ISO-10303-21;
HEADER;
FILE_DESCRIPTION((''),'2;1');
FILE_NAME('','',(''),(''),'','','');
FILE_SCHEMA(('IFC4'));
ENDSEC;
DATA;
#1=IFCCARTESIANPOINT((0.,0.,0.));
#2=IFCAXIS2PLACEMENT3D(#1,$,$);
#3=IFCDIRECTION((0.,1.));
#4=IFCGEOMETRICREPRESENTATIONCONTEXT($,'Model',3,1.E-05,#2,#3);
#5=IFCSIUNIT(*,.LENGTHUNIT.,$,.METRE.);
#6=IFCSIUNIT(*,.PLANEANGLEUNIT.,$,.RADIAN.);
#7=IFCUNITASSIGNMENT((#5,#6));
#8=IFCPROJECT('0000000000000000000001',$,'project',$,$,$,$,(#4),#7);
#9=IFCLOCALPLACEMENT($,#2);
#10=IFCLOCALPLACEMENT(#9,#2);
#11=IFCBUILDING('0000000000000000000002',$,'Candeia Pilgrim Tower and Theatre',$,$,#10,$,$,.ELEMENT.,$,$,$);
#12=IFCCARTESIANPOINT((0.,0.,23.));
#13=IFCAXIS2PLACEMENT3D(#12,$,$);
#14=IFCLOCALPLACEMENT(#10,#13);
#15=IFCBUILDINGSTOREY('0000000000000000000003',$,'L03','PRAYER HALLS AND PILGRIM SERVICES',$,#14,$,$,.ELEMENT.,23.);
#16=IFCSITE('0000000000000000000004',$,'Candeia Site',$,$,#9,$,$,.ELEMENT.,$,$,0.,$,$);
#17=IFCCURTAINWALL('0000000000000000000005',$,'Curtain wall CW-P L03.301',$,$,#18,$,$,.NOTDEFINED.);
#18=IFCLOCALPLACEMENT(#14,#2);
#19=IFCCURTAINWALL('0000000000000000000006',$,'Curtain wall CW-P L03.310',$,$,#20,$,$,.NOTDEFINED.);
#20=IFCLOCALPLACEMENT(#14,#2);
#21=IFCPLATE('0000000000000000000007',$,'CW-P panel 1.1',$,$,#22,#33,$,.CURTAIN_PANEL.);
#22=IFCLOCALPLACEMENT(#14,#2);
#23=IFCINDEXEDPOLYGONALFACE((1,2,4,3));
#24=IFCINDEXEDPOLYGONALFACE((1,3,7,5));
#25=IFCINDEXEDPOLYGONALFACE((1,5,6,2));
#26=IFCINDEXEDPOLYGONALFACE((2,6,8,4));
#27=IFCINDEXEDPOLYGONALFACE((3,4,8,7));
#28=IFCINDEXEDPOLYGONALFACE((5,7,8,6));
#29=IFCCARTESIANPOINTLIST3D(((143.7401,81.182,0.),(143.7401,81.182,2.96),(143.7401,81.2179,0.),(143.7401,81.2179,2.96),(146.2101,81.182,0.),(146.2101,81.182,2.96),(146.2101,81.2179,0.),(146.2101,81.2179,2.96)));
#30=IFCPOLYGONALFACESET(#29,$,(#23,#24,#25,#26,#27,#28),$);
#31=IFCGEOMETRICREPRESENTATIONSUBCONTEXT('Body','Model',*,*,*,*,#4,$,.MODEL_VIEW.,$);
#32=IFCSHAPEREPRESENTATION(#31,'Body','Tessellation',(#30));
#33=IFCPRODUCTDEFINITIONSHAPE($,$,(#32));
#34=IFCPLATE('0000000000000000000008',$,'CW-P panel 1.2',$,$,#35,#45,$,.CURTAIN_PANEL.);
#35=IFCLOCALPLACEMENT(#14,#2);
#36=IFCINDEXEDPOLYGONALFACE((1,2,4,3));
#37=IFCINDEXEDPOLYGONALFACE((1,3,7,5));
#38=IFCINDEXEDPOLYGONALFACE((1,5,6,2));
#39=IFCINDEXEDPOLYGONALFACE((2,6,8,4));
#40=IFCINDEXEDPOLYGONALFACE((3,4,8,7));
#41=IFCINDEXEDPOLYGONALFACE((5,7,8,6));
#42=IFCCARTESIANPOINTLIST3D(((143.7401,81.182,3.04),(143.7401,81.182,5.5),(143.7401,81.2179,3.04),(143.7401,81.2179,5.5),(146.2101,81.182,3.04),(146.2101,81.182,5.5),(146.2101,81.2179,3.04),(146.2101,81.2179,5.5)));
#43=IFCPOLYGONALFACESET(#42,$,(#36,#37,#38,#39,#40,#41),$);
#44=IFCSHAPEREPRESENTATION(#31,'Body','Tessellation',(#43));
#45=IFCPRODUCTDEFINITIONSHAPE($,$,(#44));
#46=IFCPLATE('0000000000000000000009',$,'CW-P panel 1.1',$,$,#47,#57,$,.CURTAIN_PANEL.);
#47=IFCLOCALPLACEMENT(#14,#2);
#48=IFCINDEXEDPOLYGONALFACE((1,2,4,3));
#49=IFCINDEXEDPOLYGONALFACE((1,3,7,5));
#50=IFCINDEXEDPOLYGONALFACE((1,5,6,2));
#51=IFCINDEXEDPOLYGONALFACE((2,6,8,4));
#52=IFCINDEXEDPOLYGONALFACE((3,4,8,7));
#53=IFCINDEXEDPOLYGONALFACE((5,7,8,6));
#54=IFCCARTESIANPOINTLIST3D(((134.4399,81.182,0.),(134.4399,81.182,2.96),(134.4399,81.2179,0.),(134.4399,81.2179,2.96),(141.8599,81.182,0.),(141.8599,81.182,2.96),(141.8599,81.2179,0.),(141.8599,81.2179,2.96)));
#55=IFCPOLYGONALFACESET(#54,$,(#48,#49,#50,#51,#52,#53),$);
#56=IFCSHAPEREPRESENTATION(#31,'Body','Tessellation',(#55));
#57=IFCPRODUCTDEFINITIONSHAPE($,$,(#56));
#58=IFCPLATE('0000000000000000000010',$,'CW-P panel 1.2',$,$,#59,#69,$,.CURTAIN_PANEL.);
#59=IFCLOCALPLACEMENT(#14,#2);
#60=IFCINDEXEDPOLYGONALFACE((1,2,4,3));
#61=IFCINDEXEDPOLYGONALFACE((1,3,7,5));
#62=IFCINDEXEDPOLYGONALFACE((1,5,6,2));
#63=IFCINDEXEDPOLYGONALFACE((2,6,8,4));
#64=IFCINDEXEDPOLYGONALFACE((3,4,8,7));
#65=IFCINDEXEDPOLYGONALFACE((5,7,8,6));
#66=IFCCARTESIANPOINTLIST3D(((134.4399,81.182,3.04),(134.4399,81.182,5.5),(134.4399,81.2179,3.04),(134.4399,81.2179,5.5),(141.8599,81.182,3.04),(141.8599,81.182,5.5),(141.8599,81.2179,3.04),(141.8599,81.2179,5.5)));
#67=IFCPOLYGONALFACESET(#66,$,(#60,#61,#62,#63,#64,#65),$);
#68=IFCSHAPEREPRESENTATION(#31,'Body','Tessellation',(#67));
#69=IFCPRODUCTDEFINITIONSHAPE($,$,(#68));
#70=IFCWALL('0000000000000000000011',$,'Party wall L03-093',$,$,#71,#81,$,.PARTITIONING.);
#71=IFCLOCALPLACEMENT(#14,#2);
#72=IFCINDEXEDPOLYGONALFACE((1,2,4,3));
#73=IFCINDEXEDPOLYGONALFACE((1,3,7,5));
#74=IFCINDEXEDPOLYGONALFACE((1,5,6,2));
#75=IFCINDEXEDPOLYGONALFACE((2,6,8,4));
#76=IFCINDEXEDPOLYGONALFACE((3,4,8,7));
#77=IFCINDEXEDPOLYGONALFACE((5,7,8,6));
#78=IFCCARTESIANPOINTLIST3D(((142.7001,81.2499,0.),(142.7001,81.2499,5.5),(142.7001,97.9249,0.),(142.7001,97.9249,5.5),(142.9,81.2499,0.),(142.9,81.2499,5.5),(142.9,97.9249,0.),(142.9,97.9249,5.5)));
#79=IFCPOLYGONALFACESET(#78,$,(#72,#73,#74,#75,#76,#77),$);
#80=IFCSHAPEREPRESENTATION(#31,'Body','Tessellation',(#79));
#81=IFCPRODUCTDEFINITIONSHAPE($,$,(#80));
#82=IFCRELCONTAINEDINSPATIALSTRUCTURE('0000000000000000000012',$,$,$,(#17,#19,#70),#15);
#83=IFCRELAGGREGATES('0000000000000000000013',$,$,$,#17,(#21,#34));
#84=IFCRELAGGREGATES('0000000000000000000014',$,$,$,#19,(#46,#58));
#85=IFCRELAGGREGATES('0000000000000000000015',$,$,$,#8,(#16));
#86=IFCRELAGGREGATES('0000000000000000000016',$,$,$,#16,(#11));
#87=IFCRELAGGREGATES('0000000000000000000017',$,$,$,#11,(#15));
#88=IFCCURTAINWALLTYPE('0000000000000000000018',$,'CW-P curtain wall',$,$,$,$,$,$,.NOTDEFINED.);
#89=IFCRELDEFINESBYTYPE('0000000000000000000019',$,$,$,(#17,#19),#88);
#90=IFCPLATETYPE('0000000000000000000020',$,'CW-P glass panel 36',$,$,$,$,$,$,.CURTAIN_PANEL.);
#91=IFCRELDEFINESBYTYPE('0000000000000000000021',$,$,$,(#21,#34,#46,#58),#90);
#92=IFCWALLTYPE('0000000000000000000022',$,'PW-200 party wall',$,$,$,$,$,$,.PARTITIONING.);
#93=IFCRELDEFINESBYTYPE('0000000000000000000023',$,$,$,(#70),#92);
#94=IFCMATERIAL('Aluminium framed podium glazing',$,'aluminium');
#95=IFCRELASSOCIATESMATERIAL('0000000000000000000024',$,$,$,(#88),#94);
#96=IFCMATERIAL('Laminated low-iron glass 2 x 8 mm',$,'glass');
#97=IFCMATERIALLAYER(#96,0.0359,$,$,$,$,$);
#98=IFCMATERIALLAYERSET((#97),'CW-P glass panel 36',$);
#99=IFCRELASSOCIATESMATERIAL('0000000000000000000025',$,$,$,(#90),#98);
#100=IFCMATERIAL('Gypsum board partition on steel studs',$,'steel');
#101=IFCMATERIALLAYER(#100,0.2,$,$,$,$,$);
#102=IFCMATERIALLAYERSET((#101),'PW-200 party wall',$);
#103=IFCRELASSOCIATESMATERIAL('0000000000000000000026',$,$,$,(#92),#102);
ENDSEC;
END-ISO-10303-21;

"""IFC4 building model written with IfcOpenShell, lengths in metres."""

from ifc_helpers import new_model, si_unit, direction, frame, frame_2d, origin, origin_2d, place, context, subcontext, project, spatial, rectangle, extrude, material, layer, layer_set, type_object, element, aggregate, save


model = new_model("IFC4")

# Units and contexts
model_context = context("Model", 3, precision=1e-05, world=origin(), true_north=direction((0.0, 1.0)))
body_context = subcontext(model_context, "Body", "Model", "MODEL_VIEW")
ifc_project = project(units=[si_unit("LENGTHUNIT", "METRE"), si_unit("PLANEANGLEUNIT", "RADIAN")], contexts=[model_context])

# Site, building, storey
site_placement = place(None, origin())
site = spatial("IfcSite", under=ifc_project, at=site_placement, Name="Candeia Site", CompositionType="ELEMENT", RefElevation=0.0)
building_placement = place(site_placement, origin())
building = spatial("IfcBuilding", under=site, at=building_placement, Name="Candeia Pilgrim Tower and Theatre", CompositionType="ELEMENT")
storey_placement = place(building_placement, frame((0.0, 0.0, 23.0)))
storey = spatial("IfcBuildingStorey", under=building, at=storey_placement, Name="L03", Description="PRAYER HALLS AND PILGRIM SERVICES", CompositionType="ELEMENT", Elevation=23.0)

# Curtain wall
ifc_material_1 = material(Name="Aluminium framed podium glazing", Category="aluminium")
curtain_wall_type = type_object("IfcCurtainWallType", Name="CW-P curtain wall", PredefinedType="NOTDEFINED", material=ifc_material_1)
curtain_wall_1_placement = place(storey_placement, origin())
curtain_wall_1 = element("IfcCurtainWall", 1, at=curtain_wall_1_placement, inside=storey, type_object=curtain_wall_type, Name="Curtain wall CW-P L03.301", PredefinedType="NOTDEFINED")

# Curtain wall
curtain_wall_2_placement = place(storey_placement, origin())
curtain_wall_2 = element("IfcCurtainWall", 2, at=curtain_wall_2_placement, inside=storey, type_object=curtain_wall_type, Name="Curtain wall CW-P L03.310", PredefinedType="NOTDEFINED")

# Plates
ifc_material_2 = material(Name="Laminated low-iron glass 2 x 8 mm", Category="glass")
ifc_layer_1 = layer(ifc_material_2, 0.0359)
ifc_layer_set_1 = layer_set([ifc_layer_1], Name="CW-P glass panel 36")
plate_type = type_object("IfcPlateType", Name="CW-P glass panel 36", PredefinedType="CURTAIN_PANEL", material=ifc_layer_set_1)
plate_1_placement = place(storey_placement, frame((144.9751, 81.2, 0.0), z_axis=(0.0, 0.0, 1.0), x_axis=(-1.0, 0.0, 0.0)))
plate_1 = element("IfcPlate", 3, at=plate_1_placement, type_object=plate_type, Name="CW-P panel 1.1", PredefinedType="CURTAIN_PANEL", context=body_context, shape_type="SweptSolid", body=[
    extrude(rectangle(XDim=2.47, YDim=0.0359, at=origin_2d()), origin(), (0.0, 0.0, 1.0), 2.96),
])
plate_2_placement = place(storey_placement, frame((144.9751, 81.2, 3.04), z_axis=(0.0, 0.0, 1.0), x_axis=(-1.0, 0.0, 0.0)))
plate_2 = element("IfcPlate", 4, at=plate_2_placement, type_object=plate_type, Name="CW-P panel 1.2", PredefinedType="CURTAIN_PANEL", context=body_context, shape_type="SweptSolid", body=[
    extrude(rectangle(XDim=2.47, YDim=0.0359, at=origin_2d()), origin(), (0.0, 0.0, 1.0), 2.46),
])
aggregate(curtain_wall_1, [plate_1, plate_2])
plate_3_placement = place(storey_placement, frame((138.1499, 81.2, 0.0), z_axis=(0.0, 0.0, 1.0), x_axis=(-1.0, 0.0, 0.0)))
plate_3 = element("IfcPlate", 5, at=plate_3_placement, type_object=plate_type, Name="CW-P panel 1.1", PredefinedType="CURTAIN_PANEL", context=body_context, shape_type="SweptSolid", body=[
    extrude(rectangle(XDim=7.4199, YDim=0.0359, at=origin_2d()), origin(), (0.0, 0.0, 1.0), 2.96),
])
plate_4_placement = place(storey_placement, frame((138.1499, 81.2, 3.04), z_axis=(0.0, 0.0, 1.0), x_axis=(-1.0, 0.0, 0.0)))
plate_4 = element("IfcPlate", 6, at=plate_4_placement, type_object=plate_type, Name="CW-P panel 1.2", PredefinedType="CURTAIN_PANEL", context=body_context, shape_type="SweptSolid", body=[
    extrude(rectangle(XDim=7.4199, YDim=0.0359, at=origin_2d()), origin(), (0.0, 0.0, 1.0), 2.46),
])
aggregate(curtain_wall_2, [plate_3, plate_4])

# Wall
ifc_material_3 = material(Name="Gypsum board partition on steel studs", Category="steel")
ifc_layer_2 = layer(ifc_material_3, 0.2)
ifc_layer_set_2 = layer_set([ifc_layer_2], Name="PW-200 party wall")
wall_type_1 = type_object("IfcWallType", Name="PW-200 party wall", PredefinedType="PARTITIONING", material=ifc_layer_set_2)
wall_1_placement = place(storey_placement, frame((142.8, 81.25, 0.0), z_axis=(0.0, 0.0, 1.0), x_axis=(0.0, 1.0, 0.0)))
element("IfcWall", 7, at=wall_1_placement, inside=storey, type_object=wall_type_1, Name="Party wall L03-093", PredefinedType="PARTITIONING", context=body_context, shape_type="SweptSolid", body=[
    extrude(rectangle(XDim=16.675, YDim=0.2, at=frame_2d((8.3374, 0.0))), origin(), (0.0, 0.0, 1.0), 5.5),
])

save(model, "model.ifc")
